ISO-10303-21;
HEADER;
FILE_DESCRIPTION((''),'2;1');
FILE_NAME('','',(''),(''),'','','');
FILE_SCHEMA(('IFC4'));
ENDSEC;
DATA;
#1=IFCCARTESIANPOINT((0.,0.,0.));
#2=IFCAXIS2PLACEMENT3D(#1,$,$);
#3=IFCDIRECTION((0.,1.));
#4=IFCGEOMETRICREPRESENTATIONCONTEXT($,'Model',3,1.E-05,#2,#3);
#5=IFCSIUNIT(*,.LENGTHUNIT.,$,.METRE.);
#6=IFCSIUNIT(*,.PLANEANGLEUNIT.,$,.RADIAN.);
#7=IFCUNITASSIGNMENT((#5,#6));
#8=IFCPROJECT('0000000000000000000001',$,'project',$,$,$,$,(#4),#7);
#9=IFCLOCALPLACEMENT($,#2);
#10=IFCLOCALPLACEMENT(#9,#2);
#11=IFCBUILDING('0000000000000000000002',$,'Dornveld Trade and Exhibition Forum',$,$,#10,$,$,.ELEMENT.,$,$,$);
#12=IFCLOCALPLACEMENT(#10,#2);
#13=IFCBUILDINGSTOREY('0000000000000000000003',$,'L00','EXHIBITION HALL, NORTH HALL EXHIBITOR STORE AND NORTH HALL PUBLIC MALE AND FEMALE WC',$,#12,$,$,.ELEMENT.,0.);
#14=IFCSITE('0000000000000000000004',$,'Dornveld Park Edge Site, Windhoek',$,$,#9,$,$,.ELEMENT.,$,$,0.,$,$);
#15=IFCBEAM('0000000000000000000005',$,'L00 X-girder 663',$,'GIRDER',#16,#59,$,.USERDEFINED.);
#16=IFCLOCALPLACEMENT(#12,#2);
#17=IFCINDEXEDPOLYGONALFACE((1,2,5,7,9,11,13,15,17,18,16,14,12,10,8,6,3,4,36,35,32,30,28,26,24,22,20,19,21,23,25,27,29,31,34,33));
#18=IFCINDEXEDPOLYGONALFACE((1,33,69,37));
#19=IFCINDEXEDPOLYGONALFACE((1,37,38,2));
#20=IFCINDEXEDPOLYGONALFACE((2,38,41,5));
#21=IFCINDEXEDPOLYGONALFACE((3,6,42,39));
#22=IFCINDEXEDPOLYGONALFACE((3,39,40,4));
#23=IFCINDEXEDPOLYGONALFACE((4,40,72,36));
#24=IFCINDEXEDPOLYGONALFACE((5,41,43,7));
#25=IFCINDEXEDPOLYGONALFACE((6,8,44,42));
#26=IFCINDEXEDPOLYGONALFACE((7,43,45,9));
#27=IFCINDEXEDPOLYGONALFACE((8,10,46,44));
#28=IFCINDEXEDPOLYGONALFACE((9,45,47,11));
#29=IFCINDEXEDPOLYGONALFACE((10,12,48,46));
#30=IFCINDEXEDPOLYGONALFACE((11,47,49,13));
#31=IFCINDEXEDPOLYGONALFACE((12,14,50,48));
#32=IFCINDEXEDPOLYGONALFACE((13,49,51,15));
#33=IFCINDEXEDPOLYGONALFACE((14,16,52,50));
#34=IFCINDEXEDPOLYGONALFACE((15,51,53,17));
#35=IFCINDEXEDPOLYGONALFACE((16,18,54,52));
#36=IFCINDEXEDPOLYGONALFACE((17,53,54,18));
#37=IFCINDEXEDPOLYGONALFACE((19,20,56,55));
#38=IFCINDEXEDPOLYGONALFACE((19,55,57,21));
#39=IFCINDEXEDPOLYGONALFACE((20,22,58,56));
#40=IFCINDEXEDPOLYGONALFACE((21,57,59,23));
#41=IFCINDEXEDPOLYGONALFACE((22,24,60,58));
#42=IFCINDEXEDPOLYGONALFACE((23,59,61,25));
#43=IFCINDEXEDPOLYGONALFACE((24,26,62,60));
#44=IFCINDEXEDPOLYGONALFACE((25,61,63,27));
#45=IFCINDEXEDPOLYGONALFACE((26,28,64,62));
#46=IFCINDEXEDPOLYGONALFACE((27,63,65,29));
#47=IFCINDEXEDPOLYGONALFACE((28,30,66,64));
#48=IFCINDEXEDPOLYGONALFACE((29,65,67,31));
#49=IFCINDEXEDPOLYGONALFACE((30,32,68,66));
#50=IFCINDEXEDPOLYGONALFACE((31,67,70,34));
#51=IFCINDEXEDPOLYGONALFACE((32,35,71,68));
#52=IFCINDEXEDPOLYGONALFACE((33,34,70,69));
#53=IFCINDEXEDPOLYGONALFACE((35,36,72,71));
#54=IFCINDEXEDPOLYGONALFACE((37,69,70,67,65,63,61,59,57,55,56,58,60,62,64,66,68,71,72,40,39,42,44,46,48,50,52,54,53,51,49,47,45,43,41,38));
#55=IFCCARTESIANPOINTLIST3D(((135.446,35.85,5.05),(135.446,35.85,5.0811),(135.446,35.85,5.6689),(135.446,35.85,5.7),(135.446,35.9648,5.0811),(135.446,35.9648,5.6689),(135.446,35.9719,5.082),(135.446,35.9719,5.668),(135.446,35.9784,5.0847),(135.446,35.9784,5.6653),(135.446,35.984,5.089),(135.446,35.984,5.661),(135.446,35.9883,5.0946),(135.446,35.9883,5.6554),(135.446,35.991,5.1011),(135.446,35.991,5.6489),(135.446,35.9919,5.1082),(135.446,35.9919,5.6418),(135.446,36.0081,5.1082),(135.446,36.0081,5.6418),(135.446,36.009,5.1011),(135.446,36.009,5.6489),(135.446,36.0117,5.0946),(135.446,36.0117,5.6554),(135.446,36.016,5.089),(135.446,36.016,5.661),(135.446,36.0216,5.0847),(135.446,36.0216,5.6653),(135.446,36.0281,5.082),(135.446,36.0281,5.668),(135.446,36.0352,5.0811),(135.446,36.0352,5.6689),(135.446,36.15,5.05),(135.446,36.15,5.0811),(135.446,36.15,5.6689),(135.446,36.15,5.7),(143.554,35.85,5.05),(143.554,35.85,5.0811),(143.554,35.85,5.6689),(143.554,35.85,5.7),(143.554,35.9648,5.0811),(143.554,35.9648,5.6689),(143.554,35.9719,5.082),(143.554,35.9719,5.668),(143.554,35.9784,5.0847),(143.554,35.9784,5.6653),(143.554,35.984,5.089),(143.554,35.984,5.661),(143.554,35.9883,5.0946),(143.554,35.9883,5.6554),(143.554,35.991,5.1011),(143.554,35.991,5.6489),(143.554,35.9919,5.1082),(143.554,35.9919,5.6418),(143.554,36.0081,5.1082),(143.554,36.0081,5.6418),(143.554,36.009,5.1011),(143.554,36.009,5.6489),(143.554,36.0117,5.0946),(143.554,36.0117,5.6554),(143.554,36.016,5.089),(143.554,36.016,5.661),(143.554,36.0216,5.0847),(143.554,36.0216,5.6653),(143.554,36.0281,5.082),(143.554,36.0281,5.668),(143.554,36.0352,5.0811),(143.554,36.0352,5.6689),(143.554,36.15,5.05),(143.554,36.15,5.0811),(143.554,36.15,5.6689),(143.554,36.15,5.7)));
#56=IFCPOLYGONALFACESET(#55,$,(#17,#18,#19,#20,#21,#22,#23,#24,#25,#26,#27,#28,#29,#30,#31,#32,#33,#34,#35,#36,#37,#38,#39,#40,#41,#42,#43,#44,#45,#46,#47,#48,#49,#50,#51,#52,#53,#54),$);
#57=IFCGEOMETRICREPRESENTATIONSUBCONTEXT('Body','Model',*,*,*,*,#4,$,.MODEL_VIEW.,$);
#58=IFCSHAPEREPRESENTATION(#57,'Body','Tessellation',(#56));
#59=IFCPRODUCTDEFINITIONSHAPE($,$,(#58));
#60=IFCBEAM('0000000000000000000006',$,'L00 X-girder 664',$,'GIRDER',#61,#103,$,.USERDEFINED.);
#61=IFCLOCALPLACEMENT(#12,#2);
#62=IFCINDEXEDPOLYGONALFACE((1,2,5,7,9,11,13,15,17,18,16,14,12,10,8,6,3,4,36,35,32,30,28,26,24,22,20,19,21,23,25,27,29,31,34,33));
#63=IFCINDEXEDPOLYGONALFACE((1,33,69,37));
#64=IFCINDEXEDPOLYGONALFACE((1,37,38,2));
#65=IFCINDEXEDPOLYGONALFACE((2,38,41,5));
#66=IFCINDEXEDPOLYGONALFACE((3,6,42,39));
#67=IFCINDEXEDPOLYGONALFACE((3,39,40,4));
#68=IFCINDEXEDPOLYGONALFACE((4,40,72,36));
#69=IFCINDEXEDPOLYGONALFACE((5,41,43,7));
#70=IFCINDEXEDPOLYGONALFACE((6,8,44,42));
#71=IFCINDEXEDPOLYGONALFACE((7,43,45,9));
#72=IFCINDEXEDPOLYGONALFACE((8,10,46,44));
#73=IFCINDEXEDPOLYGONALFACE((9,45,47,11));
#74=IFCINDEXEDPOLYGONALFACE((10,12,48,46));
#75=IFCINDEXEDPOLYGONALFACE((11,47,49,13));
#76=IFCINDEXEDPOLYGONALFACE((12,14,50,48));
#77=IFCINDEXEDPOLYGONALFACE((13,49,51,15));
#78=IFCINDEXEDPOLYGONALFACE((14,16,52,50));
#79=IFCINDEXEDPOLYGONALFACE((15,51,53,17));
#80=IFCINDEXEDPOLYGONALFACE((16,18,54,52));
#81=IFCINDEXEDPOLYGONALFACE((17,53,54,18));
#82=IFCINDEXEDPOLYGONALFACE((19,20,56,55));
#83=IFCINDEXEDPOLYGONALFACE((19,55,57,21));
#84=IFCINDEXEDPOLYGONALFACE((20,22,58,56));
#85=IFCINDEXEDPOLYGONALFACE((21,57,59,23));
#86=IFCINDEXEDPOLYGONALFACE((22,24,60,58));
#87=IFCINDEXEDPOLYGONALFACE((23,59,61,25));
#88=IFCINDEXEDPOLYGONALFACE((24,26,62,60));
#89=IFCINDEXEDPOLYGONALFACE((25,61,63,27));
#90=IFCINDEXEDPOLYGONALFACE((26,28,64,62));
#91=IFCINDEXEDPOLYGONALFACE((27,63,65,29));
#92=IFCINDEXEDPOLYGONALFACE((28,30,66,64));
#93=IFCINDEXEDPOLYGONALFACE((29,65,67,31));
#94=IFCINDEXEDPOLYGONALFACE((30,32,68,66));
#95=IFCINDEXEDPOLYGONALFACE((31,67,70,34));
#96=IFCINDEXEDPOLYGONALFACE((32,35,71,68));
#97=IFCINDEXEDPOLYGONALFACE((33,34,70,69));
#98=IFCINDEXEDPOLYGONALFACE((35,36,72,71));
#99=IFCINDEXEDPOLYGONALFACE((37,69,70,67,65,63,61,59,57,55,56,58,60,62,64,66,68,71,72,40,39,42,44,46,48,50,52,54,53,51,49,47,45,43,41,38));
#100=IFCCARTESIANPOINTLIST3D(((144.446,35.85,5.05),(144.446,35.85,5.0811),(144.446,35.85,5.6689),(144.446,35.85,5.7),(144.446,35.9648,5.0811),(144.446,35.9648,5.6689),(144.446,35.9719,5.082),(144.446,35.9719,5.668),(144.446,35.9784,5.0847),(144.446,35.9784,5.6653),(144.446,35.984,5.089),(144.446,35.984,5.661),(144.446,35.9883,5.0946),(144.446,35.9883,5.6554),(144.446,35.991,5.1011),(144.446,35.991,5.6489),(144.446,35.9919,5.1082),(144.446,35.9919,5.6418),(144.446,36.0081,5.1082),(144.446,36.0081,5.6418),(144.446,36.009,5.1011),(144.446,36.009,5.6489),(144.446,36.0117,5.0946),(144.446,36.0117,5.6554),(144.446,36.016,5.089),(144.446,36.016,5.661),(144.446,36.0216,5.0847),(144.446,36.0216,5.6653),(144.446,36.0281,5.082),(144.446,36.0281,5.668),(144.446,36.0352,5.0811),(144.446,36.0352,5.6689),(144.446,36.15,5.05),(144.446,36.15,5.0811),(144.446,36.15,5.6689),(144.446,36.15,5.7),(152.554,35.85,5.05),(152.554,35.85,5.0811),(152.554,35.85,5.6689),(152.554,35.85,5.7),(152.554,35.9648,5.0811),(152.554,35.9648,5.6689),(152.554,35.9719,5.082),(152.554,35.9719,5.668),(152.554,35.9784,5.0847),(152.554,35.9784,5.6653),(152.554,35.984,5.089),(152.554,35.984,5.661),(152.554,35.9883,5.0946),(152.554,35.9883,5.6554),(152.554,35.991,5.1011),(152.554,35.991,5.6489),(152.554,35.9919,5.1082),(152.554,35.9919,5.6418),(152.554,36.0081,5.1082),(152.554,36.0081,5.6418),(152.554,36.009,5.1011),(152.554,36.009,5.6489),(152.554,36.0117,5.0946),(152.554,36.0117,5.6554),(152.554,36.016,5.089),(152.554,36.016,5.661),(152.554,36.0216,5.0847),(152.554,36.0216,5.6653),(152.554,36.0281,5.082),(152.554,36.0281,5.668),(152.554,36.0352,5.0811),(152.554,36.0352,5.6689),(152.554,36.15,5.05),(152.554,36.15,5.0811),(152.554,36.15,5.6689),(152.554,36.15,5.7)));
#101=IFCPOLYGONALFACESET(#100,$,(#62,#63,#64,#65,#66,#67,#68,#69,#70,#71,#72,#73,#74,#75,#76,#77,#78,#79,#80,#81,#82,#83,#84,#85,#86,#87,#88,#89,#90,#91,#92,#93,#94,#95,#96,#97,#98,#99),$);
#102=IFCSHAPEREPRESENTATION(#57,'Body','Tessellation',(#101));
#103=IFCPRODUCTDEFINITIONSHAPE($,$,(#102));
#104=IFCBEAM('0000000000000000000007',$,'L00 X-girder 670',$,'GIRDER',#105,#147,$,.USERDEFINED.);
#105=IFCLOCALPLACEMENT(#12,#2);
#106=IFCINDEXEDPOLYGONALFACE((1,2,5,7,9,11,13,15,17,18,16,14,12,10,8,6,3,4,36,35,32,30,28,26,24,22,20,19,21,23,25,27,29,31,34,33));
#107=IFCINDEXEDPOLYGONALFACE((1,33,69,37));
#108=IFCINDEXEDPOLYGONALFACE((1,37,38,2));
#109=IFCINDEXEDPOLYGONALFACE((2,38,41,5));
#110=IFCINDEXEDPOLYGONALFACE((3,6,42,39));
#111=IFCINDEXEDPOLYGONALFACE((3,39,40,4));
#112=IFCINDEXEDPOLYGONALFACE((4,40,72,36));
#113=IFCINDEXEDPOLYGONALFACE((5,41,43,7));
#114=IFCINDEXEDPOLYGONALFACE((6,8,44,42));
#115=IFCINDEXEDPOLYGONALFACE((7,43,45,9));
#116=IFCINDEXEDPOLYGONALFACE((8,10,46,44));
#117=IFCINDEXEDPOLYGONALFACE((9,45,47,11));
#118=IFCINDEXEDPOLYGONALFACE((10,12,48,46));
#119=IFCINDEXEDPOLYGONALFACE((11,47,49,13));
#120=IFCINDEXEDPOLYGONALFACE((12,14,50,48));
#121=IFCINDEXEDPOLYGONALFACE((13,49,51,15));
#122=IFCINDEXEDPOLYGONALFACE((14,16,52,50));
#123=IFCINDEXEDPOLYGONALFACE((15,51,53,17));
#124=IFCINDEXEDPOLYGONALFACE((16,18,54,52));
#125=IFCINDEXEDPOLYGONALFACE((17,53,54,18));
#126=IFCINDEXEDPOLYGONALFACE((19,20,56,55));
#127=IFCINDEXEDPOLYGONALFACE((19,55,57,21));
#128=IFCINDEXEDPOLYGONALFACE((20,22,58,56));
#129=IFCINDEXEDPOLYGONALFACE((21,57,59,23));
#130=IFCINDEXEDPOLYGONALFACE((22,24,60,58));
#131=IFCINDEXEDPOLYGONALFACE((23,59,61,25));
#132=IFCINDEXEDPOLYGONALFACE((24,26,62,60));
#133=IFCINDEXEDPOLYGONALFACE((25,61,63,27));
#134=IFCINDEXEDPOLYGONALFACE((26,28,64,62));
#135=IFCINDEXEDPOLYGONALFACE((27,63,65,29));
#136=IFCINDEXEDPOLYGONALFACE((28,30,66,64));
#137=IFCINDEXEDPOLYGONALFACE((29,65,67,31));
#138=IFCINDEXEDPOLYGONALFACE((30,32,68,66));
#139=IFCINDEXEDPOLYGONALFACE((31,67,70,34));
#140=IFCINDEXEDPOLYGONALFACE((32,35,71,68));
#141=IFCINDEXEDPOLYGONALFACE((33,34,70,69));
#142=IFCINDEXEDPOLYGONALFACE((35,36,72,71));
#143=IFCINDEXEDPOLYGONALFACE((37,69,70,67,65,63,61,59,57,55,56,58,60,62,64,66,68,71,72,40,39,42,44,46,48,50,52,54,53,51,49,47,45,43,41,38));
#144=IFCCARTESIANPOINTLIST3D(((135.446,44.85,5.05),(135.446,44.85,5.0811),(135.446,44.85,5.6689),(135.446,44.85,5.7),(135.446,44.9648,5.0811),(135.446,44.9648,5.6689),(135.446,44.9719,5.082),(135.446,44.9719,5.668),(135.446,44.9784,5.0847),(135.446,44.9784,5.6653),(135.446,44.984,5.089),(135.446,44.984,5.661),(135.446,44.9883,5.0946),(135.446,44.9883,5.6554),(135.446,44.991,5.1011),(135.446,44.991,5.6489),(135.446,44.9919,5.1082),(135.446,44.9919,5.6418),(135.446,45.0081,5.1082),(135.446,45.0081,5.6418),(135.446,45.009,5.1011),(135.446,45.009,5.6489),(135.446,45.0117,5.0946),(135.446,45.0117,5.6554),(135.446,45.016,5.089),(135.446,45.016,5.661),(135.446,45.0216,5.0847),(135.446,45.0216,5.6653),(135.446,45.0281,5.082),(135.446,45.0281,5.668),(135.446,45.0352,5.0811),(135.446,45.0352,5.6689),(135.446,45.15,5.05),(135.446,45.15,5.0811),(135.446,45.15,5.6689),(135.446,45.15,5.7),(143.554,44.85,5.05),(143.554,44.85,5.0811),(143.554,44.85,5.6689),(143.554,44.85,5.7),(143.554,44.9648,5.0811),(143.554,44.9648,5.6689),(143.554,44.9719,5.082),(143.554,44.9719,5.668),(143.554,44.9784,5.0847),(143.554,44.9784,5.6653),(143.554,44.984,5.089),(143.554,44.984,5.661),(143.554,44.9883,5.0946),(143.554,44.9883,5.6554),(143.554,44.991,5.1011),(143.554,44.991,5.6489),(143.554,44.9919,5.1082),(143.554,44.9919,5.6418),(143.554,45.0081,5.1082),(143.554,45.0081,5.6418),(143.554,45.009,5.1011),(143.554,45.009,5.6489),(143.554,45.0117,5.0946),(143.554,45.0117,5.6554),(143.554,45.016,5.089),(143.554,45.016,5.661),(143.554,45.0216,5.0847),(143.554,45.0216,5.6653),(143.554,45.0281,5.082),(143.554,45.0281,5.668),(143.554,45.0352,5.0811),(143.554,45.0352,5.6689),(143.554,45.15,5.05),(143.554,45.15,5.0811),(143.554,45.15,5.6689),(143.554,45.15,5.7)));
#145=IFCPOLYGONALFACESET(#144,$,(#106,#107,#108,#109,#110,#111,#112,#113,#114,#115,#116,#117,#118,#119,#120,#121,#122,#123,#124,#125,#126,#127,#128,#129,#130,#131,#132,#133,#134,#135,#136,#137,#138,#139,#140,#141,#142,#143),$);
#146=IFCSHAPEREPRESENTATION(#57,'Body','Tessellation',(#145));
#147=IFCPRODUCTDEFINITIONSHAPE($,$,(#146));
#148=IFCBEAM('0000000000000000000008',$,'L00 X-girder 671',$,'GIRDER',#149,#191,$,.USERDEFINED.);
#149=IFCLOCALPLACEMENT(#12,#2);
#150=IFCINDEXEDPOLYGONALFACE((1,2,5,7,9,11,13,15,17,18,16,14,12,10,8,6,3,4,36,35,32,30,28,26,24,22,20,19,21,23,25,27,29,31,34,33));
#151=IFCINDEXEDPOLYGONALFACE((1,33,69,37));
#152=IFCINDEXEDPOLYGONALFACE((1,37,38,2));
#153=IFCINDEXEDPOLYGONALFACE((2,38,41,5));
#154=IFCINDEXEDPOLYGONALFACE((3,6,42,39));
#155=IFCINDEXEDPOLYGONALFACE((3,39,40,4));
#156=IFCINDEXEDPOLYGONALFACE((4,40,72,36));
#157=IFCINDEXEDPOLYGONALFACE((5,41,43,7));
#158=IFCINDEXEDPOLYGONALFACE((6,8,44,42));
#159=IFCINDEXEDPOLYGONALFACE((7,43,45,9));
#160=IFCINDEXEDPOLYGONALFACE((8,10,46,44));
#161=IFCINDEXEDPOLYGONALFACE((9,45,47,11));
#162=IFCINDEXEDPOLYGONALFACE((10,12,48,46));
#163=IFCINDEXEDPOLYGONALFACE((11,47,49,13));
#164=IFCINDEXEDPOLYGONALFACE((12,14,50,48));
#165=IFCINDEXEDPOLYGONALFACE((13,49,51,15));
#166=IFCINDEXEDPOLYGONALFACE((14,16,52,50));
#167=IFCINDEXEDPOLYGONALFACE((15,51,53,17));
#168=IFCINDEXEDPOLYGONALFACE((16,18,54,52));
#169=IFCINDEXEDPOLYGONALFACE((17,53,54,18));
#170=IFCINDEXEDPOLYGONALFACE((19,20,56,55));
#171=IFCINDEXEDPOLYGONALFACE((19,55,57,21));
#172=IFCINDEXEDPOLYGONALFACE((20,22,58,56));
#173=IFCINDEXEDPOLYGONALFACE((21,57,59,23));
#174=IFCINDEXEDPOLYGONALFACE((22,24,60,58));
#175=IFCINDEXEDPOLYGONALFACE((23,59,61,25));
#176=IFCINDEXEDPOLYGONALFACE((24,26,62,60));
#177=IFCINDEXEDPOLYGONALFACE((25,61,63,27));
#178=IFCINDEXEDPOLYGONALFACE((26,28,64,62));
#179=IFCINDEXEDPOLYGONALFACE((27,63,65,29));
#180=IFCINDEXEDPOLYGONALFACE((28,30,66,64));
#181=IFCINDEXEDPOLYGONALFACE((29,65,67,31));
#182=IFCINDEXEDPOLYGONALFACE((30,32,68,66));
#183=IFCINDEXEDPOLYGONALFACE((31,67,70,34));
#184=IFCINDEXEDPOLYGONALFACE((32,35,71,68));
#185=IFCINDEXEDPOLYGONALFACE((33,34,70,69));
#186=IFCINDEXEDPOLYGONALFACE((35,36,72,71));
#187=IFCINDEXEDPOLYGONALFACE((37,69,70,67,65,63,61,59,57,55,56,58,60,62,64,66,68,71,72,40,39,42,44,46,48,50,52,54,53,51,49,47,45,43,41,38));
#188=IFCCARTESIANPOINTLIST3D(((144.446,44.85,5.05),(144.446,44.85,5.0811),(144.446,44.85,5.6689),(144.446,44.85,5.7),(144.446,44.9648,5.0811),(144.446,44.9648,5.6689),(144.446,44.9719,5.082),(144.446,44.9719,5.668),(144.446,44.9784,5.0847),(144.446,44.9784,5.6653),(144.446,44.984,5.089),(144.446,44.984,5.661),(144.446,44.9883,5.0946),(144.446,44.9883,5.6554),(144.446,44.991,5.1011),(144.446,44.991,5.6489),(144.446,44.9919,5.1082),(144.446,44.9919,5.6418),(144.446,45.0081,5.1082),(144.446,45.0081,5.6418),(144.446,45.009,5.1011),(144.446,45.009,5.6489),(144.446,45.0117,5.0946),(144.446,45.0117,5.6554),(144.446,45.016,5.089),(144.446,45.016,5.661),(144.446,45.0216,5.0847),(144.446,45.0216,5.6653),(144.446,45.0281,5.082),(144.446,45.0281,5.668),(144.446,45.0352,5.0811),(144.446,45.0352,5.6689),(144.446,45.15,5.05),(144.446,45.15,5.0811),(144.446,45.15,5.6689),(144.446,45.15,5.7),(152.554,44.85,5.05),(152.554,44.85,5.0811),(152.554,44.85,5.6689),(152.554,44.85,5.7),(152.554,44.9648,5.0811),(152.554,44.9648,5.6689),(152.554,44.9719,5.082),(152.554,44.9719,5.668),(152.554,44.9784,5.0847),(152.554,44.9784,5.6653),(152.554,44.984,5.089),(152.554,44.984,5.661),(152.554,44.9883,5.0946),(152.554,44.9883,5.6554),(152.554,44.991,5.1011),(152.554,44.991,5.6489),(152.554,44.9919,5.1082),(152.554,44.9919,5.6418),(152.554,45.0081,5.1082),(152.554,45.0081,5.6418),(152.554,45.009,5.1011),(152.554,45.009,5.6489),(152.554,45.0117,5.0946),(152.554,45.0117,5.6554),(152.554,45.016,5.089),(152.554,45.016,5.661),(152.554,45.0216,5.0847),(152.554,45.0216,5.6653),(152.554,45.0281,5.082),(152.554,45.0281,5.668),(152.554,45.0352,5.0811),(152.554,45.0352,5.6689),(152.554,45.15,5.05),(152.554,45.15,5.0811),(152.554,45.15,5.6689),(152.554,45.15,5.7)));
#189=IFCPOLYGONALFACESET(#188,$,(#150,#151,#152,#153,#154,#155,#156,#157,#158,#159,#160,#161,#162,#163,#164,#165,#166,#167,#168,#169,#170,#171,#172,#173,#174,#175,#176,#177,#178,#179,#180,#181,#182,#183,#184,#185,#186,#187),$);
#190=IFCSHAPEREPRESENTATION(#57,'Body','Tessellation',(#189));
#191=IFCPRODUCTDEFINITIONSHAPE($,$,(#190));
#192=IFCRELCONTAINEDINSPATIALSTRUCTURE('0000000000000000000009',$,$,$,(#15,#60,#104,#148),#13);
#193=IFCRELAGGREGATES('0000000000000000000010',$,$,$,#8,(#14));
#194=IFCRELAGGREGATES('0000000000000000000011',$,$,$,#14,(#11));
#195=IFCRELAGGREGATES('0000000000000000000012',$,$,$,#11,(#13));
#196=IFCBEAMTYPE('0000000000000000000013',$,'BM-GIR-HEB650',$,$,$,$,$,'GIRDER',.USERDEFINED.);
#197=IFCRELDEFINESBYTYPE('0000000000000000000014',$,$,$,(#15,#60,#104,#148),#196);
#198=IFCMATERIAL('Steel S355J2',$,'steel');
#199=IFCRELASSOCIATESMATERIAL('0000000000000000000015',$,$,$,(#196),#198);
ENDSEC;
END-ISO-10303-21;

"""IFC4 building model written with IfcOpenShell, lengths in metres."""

from ifc_helpers import new_model, si_unit, direction, frame, origin, origin_2d, place, context, subcontext, project, spatial, i_section, extrude, material, material_profile, profile_set, type_object, element, save


model = new_model("IFC4")

# Units and contexts
model_context = context("Model", 3, precision=1e-05, world=origin(), true_north=direction((0.0, 1.0)))
body_context = subcontext(model_context, "Body", "Model", "MODEL_VIEW")
ifc_project = project(units=[si_unit("LENGTHUNIT", "METRE"), si_unit("PLANEANGLEUNIT", "RADIAN")], contexts=[model_context])

# Site, building, storey
site_placement = place(None, origin())
site = spatial("IfcSite", under=ifc_project, at=site_placement, Name="Dornveld Park Edge Site, Windhoek", CompositionType="ELEMENT", RefElevation=0.0)
building_placement = place(site_placement, origin())
building = spatial("IfcBuilding", under=site, at=building_placement, Name="Dornveld Trade and Exhibition Forum", CompositionType="ELEMENT")
storey_placement = place(building_placement, origin())
storey = spatial("IfcBuildingStorey", under=building, at=storey_placement, Name="L00", Description="EXHIBITION HALL, NORTH HALL EXHIBITOR STORE AND NORTH HALL PUBLIC MALE AND FEMALE WC", CompositionType="ELEMENT", Elevation=0.0)

# Beams
ifc_material_1 = material(Name="Steel S355J2", Category="steel")
ifc_material_profile_1 = material_profile(ifc_material_1, i_section(OverallWidth=0.3, OverallDepth=0.6499, WebThickness=0.0161, FlangeThickness=0.031, FilletRadius=0.0271, at=origin_2d()), Name="HEB 650")
ifc_profile_set_1 = profile_set([ifc_material_profile_1], Name="Steel S355J2")
beam_type_1 = type_object("IfcBeamType", Name="BM-GIR-HEB650", ElementType="GIRDER", PredefinedType="USERDEFINED", material=ifc_profile_set_1)
for number, where, z_axis, x_axis, name in (
    (1, (135.446, 36.0, 5.375), (1.0, 0.0, 0.0), (0.0, 1.0, 0.0), "L00 X-girder 663"),
    (2, (144.446, 36.0, 5.375), (1.0, 0.0, 0.0), (0.0, 1.0, 0.0), "L00 X-girder 664"),
    (3, (135.446, 45.0, 5.375), (1.0, 0.0, 0.0), (0.0, 1.0, 0.0), "L00 X-girder 670"),
    (4, (144.446, 45.0, 5.375), (1.0, 0.0, 0.0), (0.0, 1.0, 0.0), "L00 X-girder 671"),
):
    element("IfcBeam", number, at=place(storey_placement, frame(where, z_axis=z_axis, x_axis=x_axis)), inside=storey, type_object=beam_type_1, Name=name, ObjectType="GIRDER", PredefinedType="USERDEFINED", context=body_context, shape_type="SweptSolid", body=[
        extrude(i_section(OverallWidth=0.3, OverallDepth=0.6499, WebThickness=0.0161, FlangeThickness=0.031, FilletRadius=0.0271, at=origin_2d()), origin(), (0.0, 0.0, 1.0), 8.1079),
    ])

save(model, "model.ifc")
